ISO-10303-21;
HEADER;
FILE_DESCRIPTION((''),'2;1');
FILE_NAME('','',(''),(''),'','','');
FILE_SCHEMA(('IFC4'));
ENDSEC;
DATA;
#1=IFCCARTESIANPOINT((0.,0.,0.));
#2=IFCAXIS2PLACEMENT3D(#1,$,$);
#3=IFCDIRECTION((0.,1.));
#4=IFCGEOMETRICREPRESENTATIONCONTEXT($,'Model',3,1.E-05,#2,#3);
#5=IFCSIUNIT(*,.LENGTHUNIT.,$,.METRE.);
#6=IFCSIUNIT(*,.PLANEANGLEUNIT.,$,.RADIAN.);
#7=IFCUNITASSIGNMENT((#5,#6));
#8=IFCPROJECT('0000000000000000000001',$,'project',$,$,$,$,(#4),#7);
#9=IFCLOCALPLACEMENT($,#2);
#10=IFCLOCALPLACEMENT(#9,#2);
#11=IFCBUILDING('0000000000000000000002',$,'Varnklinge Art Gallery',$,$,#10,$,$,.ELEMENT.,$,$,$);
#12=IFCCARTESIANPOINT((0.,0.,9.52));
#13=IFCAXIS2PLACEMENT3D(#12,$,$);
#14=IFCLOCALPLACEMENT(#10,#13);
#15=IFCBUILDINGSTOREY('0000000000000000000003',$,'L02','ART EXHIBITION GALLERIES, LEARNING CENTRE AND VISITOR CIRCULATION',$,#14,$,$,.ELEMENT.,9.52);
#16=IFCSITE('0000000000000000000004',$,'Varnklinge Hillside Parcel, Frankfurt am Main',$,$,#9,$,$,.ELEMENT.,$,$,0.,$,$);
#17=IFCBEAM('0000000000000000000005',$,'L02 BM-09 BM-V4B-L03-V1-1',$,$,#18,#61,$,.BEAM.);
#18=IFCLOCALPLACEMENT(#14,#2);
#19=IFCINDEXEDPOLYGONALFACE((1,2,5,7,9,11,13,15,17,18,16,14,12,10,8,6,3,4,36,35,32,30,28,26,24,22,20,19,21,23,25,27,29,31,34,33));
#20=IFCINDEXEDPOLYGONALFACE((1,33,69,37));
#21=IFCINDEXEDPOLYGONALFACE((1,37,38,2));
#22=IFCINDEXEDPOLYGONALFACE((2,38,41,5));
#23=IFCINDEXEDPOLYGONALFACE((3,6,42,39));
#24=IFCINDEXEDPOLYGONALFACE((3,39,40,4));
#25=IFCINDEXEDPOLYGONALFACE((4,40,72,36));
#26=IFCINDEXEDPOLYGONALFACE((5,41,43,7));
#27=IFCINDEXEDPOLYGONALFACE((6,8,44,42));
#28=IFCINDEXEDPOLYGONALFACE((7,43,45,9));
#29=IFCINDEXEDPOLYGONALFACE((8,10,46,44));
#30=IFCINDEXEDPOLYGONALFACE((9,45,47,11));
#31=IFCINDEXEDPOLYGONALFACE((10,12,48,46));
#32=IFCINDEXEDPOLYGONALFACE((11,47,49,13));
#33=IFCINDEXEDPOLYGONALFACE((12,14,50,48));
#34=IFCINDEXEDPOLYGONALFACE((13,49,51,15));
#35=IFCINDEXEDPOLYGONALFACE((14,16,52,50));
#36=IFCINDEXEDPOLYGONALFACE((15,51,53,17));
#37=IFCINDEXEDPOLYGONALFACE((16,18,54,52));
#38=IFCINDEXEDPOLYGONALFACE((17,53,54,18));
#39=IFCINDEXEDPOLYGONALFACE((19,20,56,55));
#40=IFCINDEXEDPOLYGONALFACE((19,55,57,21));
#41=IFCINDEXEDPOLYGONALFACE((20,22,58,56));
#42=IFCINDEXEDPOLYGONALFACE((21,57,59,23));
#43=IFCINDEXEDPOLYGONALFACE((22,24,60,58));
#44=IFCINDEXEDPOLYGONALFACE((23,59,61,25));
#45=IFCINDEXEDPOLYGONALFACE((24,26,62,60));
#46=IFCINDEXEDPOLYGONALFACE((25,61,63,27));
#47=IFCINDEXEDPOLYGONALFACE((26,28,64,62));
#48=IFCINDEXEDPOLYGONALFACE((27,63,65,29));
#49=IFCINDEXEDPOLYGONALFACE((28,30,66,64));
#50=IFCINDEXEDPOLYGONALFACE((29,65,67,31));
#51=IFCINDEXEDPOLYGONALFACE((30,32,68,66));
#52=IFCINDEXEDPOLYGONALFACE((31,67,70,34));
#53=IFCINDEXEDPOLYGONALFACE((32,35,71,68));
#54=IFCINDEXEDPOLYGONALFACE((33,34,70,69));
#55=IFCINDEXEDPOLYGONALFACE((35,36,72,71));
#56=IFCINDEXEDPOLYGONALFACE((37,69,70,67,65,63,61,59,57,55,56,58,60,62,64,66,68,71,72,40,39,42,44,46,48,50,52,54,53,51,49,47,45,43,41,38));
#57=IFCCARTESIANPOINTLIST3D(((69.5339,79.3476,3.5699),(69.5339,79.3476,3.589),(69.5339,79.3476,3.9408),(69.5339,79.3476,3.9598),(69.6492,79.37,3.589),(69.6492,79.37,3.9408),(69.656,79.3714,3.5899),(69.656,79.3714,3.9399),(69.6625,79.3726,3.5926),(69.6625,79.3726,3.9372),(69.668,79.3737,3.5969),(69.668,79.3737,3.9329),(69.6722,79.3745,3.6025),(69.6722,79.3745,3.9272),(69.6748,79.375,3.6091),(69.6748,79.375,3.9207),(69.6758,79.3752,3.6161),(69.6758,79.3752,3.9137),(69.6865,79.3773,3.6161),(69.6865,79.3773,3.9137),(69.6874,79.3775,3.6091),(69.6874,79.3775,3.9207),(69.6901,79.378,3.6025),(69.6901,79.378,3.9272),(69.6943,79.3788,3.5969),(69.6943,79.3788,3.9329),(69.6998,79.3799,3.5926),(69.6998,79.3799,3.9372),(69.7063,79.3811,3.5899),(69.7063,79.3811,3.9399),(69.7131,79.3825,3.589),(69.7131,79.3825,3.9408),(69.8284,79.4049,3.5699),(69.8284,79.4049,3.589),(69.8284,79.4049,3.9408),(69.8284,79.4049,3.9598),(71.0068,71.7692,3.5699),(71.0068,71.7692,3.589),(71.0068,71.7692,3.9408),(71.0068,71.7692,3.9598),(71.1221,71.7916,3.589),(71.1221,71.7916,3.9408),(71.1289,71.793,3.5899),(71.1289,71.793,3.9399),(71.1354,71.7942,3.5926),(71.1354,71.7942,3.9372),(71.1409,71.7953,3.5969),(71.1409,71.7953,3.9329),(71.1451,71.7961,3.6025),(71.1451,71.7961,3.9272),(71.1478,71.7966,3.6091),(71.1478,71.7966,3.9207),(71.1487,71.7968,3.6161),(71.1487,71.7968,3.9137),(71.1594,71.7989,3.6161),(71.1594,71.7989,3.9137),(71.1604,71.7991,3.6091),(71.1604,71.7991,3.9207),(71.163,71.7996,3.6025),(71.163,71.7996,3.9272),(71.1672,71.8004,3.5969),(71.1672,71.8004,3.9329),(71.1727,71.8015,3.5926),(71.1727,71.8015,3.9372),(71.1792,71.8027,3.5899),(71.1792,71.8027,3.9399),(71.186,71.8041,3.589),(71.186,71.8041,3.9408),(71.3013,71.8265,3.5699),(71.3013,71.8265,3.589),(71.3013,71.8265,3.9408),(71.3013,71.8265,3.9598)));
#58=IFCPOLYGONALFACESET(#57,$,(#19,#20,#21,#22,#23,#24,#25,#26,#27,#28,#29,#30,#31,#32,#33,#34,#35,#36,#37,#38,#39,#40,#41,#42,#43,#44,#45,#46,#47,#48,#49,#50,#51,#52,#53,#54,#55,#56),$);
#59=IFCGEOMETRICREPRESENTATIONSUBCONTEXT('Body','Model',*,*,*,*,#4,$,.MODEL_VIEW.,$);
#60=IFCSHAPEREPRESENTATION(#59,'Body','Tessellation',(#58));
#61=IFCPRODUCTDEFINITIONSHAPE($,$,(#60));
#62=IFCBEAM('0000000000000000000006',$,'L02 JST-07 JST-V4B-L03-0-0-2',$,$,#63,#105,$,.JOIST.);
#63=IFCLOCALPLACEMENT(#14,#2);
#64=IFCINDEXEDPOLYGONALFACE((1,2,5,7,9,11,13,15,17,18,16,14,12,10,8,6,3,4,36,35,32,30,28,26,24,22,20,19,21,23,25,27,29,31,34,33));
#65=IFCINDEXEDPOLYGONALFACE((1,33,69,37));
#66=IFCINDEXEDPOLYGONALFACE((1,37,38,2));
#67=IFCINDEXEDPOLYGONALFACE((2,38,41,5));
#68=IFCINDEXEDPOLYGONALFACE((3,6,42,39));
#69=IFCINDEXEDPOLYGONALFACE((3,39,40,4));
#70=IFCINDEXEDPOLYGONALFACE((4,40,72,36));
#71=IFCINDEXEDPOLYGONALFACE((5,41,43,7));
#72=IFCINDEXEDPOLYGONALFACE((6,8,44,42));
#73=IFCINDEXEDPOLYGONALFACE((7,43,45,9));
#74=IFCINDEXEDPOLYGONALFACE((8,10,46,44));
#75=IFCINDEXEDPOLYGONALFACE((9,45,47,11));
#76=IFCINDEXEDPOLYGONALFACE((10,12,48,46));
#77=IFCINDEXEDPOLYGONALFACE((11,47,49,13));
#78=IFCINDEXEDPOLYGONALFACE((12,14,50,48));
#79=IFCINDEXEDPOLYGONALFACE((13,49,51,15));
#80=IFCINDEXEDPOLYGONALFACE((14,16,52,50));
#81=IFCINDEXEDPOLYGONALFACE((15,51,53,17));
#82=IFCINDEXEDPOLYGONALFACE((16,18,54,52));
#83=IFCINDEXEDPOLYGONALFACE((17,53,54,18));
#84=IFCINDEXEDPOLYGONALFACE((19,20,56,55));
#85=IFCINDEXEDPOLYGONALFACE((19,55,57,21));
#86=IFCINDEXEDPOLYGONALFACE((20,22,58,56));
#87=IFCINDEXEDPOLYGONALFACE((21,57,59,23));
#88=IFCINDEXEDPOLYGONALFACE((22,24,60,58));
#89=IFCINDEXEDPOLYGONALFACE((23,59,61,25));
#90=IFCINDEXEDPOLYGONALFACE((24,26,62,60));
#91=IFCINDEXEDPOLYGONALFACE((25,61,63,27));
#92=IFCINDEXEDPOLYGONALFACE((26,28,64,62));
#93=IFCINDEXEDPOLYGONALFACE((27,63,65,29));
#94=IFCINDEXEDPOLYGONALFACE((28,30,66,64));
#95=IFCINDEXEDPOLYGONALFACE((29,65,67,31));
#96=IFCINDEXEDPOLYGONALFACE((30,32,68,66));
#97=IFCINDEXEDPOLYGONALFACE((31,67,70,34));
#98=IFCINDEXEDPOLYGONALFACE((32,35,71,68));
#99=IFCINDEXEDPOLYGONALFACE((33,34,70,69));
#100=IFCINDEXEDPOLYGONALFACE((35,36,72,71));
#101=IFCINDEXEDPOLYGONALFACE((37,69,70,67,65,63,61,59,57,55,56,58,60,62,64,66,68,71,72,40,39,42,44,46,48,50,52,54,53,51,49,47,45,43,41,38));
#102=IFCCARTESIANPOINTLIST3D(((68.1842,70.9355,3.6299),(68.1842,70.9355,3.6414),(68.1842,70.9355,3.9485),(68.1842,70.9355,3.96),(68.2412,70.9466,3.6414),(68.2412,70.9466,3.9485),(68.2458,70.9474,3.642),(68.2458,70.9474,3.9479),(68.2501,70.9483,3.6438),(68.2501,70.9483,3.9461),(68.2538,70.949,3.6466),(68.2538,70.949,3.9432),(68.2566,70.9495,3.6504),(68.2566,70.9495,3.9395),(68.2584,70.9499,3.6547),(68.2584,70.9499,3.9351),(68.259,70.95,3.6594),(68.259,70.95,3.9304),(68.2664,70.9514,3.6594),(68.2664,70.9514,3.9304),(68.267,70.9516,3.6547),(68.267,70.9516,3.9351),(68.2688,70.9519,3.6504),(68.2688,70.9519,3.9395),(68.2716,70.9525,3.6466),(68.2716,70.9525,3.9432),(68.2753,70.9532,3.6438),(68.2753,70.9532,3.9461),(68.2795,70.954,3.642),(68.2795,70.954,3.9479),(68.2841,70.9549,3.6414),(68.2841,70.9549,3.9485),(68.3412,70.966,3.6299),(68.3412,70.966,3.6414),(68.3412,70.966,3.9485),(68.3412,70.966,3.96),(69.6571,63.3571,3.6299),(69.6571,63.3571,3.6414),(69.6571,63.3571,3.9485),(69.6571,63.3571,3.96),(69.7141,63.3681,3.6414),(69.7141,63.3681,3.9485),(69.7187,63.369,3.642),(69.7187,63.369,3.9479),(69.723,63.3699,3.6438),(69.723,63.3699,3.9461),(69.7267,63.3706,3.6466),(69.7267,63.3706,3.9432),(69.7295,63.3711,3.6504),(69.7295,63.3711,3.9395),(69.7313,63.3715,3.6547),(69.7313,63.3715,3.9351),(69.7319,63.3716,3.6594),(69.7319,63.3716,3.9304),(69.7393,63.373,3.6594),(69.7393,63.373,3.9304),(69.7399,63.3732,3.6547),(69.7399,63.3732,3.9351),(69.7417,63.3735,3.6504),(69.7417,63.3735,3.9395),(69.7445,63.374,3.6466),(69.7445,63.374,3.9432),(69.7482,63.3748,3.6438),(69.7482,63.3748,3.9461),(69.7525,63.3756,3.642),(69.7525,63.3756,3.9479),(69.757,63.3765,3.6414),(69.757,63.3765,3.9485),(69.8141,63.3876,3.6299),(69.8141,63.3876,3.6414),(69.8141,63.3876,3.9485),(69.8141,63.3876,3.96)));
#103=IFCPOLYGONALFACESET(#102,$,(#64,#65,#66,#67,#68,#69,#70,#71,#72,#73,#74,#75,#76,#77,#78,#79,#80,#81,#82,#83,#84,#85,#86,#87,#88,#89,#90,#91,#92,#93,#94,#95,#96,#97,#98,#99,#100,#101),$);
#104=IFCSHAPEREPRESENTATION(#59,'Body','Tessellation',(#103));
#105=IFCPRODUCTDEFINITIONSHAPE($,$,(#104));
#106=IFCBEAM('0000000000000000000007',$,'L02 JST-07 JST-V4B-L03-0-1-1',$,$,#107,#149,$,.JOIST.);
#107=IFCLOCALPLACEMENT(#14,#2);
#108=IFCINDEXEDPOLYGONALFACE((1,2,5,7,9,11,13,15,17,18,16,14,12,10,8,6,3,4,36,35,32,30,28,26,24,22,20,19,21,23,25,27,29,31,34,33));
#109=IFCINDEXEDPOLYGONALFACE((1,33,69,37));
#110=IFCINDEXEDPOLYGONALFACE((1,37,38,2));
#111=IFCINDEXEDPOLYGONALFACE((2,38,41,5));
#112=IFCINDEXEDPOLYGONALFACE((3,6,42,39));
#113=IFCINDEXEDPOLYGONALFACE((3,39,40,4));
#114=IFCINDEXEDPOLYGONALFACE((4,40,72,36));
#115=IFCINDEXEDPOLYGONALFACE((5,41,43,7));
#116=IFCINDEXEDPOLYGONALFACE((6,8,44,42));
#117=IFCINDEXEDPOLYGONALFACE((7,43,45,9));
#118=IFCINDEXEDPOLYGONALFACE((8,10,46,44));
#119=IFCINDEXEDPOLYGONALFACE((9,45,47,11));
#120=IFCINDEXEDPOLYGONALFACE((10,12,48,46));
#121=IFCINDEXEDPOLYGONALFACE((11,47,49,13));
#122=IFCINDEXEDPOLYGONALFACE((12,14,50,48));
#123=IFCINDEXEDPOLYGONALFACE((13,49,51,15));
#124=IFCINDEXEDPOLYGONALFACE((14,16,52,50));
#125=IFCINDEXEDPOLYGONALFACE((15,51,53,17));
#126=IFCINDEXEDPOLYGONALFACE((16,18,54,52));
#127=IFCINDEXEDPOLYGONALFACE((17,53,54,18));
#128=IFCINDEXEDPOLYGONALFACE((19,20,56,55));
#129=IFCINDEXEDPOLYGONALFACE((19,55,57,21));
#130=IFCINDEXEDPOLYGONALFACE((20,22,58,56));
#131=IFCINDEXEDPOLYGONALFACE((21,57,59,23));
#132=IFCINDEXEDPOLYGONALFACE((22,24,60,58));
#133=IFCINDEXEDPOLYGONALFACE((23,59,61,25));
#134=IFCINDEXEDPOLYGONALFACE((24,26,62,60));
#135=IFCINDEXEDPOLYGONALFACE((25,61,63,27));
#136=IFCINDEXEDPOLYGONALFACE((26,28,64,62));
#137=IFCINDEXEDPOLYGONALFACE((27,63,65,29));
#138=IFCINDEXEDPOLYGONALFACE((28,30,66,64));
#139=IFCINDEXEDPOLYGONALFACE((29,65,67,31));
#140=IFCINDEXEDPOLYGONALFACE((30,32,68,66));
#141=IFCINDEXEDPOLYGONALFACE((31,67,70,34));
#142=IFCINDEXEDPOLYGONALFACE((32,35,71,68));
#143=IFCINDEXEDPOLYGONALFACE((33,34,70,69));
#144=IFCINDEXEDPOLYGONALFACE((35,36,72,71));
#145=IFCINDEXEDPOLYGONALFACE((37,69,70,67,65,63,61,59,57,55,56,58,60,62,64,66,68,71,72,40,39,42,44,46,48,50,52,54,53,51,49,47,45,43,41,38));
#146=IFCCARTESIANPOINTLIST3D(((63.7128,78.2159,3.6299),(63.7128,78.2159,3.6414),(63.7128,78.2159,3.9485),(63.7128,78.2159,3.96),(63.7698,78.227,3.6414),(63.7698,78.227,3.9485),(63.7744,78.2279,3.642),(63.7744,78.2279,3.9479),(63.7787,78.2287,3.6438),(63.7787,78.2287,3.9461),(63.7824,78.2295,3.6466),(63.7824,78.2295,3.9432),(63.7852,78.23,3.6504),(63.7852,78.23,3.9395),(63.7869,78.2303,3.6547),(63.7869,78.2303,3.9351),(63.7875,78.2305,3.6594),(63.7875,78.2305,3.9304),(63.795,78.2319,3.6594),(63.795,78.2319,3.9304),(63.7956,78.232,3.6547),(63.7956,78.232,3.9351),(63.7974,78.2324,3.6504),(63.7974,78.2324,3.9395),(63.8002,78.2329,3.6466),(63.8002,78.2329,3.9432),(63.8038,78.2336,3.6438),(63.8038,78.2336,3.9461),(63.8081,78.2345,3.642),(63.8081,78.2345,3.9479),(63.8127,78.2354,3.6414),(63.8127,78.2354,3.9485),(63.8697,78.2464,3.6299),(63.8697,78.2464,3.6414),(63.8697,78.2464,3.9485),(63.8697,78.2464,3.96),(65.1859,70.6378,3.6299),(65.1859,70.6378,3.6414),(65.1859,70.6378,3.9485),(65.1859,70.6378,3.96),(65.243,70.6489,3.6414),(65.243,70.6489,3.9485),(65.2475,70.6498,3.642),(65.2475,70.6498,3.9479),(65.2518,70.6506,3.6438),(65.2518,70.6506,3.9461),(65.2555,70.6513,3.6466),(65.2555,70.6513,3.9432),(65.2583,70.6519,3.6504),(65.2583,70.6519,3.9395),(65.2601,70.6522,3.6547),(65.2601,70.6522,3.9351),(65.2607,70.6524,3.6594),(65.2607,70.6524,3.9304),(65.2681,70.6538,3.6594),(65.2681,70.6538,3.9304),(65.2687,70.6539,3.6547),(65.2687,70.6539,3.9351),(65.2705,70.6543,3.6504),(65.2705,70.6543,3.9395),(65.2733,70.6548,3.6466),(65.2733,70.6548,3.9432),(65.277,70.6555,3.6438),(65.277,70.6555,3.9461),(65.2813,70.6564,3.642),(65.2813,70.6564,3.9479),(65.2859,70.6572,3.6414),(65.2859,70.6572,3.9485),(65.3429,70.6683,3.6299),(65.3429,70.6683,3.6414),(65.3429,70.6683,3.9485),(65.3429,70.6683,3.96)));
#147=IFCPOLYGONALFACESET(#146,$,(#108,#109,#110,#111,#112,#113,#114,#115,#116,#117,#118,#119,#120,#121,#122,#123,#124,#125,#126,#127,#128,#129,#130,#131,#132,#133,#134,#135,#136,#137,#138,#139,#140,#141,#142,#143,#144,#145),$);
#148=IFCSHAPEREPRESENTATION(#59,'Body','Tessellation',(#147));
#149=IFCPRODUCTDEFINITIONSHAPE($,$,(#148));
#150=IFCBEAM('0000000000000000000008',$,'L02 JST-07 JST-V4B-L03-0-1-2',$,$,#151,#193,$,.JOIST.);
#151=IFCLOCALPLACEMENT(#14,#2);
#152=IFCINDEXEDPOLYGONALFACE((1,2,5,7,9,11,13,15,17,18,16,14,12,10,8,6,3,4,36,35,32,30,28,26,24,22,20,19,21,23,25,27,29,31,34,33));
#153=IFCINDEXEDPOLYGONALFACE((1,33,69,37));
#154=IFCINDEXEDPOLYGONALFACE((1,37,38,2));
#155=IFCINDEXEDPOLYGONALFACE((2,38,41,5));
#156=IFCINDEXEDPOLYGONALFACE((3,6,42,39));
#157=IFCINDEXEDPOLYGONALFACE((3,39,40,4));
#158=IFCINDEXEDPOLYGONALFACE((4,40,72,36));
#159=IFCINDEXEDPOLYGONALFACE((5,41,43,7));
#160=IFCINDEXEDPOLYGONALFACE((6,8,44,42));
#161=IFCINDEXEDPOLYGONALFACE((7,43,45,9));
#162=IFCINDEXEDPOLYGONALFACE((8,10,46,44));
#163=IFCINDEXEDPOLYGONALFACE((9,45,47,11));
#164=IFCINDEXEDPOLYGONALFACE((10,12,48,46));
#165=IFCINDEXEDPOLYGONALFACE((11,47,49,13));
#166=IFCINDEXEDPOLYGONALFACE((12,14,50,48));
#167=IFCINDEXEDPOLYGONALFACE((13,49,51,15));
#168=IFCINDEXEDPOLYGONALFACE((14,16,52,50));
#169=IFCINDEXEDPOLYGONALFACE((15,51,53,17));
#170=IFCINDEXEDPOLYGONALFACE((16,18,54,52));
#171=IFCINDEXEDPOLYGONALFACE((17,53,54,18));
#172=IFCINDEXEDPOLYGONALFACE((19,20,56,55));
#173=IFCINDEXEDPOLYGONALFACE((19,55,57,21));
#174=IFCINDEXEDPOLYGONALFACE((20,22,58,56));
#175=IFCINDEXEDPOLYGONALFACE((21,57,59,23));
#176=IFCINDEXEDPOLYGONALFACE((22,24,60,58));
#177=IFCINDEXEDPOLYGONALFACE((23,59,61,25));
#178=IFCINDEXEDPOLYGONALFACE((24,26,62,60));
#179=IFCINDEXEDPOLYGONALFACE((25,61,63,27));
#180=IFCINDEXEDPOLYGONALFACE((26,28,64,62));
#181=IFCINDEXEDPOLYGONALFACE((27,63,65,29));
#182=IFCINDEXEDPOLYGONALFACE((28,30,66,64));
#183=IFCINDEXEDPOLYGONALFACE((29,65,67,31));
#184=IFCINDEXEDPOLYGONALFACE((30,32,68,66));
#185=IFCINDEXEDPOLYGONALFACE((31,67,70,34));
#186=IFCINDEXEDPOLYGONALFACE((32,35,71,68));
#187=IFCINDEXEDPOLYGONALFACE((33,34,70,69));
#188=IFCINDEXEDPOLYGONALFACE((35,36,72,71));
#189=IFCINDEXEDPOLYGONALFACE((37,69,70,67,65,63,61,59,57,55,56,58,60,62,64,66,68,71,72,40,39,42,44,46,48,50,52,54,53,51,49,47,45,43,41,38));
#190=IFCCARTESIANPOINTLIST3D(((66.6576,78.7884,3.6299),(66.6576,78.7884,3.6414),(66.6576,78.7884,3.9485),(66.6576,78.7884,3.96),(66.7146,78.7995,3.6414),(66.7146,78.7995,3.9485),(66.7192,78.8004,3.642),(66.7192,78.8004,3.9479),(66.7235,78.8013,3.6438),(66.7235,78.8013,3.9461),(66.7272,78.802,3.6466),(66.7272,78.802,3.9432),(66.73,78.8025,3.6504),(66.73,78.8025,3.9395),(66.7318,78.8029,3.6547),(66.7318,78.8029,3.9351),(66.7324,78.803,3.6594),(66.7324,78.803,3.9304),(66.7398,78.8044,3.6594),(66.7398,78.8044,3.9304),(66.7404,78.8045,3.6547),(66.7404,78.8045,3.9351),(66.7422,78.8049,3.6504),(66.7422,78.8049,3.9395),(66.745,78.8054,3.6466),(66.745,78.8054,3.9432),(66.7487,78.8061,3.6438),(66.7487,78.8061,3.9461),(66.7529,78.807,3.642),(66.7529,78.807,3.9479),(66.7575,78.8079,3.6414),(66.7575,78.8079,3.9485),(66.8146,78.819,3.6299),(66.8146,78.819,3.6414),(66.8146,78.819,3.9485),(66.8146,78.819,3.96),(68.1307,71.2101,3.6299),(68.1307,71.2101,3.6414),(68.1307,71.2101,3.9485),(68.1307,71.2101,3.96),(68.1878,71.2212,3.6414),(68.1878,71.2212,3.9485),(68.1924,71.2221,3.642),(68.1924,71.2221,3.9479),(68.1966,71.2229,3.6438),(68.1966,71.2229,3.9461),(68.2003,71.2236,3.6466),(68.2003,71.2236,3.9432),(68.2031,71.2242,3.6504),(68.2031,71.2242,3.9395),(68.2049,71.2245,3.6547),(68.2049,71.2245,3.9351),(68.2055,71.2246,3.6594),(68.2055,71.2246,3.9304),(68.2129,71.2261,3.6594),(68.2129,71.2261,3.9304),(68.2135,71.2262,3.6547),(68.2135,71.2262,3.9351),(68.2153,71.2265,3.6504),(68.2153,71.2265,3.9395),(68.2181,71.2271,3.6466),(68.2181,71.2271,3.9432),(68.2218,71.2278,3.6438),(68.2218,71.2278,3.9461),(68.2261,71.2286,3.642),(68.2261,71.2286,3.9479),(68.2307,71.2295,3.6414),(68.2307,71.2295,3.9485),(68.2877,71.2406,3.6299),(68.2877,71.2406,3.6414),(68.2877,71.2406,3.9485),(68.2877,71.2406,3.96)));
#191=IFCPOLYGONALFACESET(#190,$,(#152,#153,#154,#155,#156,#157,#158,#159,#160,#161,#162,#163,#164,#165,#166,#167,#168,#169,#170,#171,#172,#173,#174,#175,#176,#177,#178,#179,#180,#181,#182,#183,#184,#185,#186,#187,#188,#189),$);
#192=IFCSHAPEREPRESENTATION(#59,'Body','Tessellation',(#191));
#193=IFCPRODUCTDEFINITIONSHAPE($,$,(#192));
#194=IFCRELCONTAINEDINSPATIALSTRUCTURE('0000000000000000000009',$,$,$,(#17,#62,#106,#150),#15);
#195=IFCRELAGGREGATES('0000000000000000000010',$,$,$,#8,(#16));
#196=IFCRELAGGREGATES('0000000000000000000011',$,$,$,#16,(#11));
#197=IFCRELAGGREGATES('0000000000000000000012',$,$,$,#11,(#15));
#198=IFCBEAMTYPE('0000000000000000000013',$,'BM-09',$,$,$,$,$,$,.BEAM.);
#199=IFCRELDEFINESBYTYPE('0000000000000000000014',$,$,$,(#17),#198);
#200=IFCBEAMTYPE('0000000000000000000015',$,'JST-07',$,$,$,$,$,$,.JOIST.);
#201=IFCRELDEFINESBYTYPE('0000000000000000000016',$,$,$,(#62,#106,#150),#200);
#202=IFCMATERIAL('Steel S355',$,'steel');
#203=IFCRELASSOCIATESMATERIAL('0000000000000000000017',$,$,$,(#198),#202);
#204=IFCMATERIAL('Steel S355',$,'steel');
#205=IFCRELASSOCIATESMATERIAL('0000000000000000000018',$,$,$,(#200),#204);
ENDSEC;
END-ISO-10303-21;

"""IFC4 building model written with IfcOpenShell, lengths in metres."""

from ifc_helpers import new_model, si_unit, direction, frame, origin, origin_2d, place, context, subcontext, project, spatial, i_section, extrude, material, material_profile, profile_set, type_object, element, save


model = new_model("IFC4")

# Units and contexts
model_context = context("Model", 3, precision=1e-05, world=origin(), true_north=direction((0.0, 1.0)))
body_context = subcontext(model_context, "Body", "Model", "MODEL_VIEW")
ifc_project = project(units=[si_unit("LENGTHUNIT", "METRE"), si_unit("PLANEANGLEUNIT", "RADIAN")], contexts=[model_context])

# Site, building, storey
site_placement = place(None, origin())
site = spatial("IfcSite", under=ifc_project, at=site_placement, Name="Varnklinge Hillside Parcel, Frankfurt am Main", CompositionType="ELEMENT", RefElevation=0.0)
building_placement = place(site_placement, origin())
building = spatial("IfcBuilding", under=site, at=building_placement, Name="Varnklinge Art Gallery", CompositionType="ELEMENT")
storey_placement = place(building_placement, frame((0.0, 0.0, 9.52)))
storey = spatial("IfcBuildingStorey", under=building, at=storey_placement, Name="L02", Description="ART EXHIBITION GALLERIES, LEARNING CENTRE AND VISITOR CIRCULATION", CompositionType="ELEMENT", Elevation=9.52)

# Beams
ifc_material_1 = material(Name="Steel S355", Category="steel")
ifc_material_profile_1 = material_profile(ifc_material_1, i_section(OverallWidth=0.3, OverallDepth=0.3899, WebThickness=0.011, FlangeThickness=0.019, FilletRadius=0.0271, at=origin_2d()), Name="HEA 400")
ifc_profile_set_1 = profile_set([ifc_material_profile_1], Name="Steel S355")
beam_type_1 = type_object("IfcBeamType", Name="BM-09", PredefinedType="BEAM", material=ifc_profile_set_1)
beam_1_placement = place(storey_placement, frame((71.1541, 71.7979, 3.7649), z_axis=(-0.190786, 0.981632, 0.0), x_axis=(-0.981632, -0.190786, 0.0)))
element("IfcBeam", 1, at=beam_1_placement, inside=storey, type_object=beam_type_1, Name="L02 BM-09 BM-V4B-L03-V1-1", PredefinedType="BEAM", context=body_context, shape_type="SweptSolid", body=[
    extrude(i_section(OverallWidth=0.3, OverallDepth=0.3899, WebThickness=0.011, FlangeThickness=0.019, FilletRadius=0.0271, at=origin_2d()), origin(), (0.0, 0.0, 1.0), 7.7202),
])
ifc_material_2 = material(Name="Steel S355", Category="steel")
ifc_material_profile_2 = material_profile(ifc_material_2, i_section(OverallWidth=0.1599, OverallDepth=0.3301, WebThickness=0.0076, FlangeThickness=0.0115, FilletRadius=0.0181, at=origin_2d()), Name="IPE 330")
ifc_profile_set_2 = profile_set([ifc_material_profile_2], Name="Steel S355")
beam_type_2 = type_object("IfcBeamType", Name="JST-07", PredefinedType="JOIST", material=ifc_profile_set_2)
beam_2_placement = place(storey_placement, frame((69.7356, 63.3723, 3.7949), z_axis=(-0.190786, 0.981632, 0.0), x_axis=(-0.981632, -0.190786, 0.0)))
element("IfcBeam", 2, at=beam_2_placement, inside=storey, type_object=beam_type_2, Name="L02 JST-07 JST-V4B-L03-0-0-2", PredefinedType="JOIST", context=body_context, shape_type="SweptSolid", body=[
    extrude(i_section(OverallWidth=0.1599, OverallDepth=0.3301, WebThickness=0.0076, FlangeThickness=0.0115, FilletRadius=0.0181, at=origin_2d()), origin(), (0.0, 0.0, 1.0), 7.7202),
])
beam_3_placement = place(storey_placement, frame((65.2644, 70.6531, 3.7949), z_axis=(-0.190822, 0.981625, 0.0), x_axis=(-0.981625, -0.190822, 0.0)))
element("IfcBeam", 3, at=beam_3_placement, inside=storey, type_object=beam_type_2, Name="L02 JST-07 JST-V4B-L03-0-1-1", PredefinedType="JOIST", context=body_context, shape_type="SweptSolid", body=[
    extrude(i_section(OverallWidth=0.1599, OverallDepth=0.3301, WebThickness=0.0076, FlangeThickness=0.0115, FilletRadius=0.0181, at=origin_2d()), origin(), (0.0, 0.0, 1.0), 7.72),
])
beam_4_placement = place(storey_placement, frame((68.2092, 71.2253, 3.7949), z_axis=(-0.190816, 0.981626, 0.0), x_axis=(-0.981626, -0.190816, 0.0)))
element("IfcBeam", 4, at=beam_4_placement, inside=storey, type_object=beam_type_2, Name="L02 JST-07 JST-V4B-L03-0-1-2", PredefinedType="JOIST", context=body_context, shape_type="SweptSolid", body=[
    extrude(i_section(OverallWidth=0.1599, OverallDepth=0.3301, WebThickness=0.0076, FlangeThickness=0.0115, FilletRadius=0.0181, at=origin_2d()), origin(), (0.0, 0.0, 1.0), 7.7202),
])

save(model, "model.ifc")
